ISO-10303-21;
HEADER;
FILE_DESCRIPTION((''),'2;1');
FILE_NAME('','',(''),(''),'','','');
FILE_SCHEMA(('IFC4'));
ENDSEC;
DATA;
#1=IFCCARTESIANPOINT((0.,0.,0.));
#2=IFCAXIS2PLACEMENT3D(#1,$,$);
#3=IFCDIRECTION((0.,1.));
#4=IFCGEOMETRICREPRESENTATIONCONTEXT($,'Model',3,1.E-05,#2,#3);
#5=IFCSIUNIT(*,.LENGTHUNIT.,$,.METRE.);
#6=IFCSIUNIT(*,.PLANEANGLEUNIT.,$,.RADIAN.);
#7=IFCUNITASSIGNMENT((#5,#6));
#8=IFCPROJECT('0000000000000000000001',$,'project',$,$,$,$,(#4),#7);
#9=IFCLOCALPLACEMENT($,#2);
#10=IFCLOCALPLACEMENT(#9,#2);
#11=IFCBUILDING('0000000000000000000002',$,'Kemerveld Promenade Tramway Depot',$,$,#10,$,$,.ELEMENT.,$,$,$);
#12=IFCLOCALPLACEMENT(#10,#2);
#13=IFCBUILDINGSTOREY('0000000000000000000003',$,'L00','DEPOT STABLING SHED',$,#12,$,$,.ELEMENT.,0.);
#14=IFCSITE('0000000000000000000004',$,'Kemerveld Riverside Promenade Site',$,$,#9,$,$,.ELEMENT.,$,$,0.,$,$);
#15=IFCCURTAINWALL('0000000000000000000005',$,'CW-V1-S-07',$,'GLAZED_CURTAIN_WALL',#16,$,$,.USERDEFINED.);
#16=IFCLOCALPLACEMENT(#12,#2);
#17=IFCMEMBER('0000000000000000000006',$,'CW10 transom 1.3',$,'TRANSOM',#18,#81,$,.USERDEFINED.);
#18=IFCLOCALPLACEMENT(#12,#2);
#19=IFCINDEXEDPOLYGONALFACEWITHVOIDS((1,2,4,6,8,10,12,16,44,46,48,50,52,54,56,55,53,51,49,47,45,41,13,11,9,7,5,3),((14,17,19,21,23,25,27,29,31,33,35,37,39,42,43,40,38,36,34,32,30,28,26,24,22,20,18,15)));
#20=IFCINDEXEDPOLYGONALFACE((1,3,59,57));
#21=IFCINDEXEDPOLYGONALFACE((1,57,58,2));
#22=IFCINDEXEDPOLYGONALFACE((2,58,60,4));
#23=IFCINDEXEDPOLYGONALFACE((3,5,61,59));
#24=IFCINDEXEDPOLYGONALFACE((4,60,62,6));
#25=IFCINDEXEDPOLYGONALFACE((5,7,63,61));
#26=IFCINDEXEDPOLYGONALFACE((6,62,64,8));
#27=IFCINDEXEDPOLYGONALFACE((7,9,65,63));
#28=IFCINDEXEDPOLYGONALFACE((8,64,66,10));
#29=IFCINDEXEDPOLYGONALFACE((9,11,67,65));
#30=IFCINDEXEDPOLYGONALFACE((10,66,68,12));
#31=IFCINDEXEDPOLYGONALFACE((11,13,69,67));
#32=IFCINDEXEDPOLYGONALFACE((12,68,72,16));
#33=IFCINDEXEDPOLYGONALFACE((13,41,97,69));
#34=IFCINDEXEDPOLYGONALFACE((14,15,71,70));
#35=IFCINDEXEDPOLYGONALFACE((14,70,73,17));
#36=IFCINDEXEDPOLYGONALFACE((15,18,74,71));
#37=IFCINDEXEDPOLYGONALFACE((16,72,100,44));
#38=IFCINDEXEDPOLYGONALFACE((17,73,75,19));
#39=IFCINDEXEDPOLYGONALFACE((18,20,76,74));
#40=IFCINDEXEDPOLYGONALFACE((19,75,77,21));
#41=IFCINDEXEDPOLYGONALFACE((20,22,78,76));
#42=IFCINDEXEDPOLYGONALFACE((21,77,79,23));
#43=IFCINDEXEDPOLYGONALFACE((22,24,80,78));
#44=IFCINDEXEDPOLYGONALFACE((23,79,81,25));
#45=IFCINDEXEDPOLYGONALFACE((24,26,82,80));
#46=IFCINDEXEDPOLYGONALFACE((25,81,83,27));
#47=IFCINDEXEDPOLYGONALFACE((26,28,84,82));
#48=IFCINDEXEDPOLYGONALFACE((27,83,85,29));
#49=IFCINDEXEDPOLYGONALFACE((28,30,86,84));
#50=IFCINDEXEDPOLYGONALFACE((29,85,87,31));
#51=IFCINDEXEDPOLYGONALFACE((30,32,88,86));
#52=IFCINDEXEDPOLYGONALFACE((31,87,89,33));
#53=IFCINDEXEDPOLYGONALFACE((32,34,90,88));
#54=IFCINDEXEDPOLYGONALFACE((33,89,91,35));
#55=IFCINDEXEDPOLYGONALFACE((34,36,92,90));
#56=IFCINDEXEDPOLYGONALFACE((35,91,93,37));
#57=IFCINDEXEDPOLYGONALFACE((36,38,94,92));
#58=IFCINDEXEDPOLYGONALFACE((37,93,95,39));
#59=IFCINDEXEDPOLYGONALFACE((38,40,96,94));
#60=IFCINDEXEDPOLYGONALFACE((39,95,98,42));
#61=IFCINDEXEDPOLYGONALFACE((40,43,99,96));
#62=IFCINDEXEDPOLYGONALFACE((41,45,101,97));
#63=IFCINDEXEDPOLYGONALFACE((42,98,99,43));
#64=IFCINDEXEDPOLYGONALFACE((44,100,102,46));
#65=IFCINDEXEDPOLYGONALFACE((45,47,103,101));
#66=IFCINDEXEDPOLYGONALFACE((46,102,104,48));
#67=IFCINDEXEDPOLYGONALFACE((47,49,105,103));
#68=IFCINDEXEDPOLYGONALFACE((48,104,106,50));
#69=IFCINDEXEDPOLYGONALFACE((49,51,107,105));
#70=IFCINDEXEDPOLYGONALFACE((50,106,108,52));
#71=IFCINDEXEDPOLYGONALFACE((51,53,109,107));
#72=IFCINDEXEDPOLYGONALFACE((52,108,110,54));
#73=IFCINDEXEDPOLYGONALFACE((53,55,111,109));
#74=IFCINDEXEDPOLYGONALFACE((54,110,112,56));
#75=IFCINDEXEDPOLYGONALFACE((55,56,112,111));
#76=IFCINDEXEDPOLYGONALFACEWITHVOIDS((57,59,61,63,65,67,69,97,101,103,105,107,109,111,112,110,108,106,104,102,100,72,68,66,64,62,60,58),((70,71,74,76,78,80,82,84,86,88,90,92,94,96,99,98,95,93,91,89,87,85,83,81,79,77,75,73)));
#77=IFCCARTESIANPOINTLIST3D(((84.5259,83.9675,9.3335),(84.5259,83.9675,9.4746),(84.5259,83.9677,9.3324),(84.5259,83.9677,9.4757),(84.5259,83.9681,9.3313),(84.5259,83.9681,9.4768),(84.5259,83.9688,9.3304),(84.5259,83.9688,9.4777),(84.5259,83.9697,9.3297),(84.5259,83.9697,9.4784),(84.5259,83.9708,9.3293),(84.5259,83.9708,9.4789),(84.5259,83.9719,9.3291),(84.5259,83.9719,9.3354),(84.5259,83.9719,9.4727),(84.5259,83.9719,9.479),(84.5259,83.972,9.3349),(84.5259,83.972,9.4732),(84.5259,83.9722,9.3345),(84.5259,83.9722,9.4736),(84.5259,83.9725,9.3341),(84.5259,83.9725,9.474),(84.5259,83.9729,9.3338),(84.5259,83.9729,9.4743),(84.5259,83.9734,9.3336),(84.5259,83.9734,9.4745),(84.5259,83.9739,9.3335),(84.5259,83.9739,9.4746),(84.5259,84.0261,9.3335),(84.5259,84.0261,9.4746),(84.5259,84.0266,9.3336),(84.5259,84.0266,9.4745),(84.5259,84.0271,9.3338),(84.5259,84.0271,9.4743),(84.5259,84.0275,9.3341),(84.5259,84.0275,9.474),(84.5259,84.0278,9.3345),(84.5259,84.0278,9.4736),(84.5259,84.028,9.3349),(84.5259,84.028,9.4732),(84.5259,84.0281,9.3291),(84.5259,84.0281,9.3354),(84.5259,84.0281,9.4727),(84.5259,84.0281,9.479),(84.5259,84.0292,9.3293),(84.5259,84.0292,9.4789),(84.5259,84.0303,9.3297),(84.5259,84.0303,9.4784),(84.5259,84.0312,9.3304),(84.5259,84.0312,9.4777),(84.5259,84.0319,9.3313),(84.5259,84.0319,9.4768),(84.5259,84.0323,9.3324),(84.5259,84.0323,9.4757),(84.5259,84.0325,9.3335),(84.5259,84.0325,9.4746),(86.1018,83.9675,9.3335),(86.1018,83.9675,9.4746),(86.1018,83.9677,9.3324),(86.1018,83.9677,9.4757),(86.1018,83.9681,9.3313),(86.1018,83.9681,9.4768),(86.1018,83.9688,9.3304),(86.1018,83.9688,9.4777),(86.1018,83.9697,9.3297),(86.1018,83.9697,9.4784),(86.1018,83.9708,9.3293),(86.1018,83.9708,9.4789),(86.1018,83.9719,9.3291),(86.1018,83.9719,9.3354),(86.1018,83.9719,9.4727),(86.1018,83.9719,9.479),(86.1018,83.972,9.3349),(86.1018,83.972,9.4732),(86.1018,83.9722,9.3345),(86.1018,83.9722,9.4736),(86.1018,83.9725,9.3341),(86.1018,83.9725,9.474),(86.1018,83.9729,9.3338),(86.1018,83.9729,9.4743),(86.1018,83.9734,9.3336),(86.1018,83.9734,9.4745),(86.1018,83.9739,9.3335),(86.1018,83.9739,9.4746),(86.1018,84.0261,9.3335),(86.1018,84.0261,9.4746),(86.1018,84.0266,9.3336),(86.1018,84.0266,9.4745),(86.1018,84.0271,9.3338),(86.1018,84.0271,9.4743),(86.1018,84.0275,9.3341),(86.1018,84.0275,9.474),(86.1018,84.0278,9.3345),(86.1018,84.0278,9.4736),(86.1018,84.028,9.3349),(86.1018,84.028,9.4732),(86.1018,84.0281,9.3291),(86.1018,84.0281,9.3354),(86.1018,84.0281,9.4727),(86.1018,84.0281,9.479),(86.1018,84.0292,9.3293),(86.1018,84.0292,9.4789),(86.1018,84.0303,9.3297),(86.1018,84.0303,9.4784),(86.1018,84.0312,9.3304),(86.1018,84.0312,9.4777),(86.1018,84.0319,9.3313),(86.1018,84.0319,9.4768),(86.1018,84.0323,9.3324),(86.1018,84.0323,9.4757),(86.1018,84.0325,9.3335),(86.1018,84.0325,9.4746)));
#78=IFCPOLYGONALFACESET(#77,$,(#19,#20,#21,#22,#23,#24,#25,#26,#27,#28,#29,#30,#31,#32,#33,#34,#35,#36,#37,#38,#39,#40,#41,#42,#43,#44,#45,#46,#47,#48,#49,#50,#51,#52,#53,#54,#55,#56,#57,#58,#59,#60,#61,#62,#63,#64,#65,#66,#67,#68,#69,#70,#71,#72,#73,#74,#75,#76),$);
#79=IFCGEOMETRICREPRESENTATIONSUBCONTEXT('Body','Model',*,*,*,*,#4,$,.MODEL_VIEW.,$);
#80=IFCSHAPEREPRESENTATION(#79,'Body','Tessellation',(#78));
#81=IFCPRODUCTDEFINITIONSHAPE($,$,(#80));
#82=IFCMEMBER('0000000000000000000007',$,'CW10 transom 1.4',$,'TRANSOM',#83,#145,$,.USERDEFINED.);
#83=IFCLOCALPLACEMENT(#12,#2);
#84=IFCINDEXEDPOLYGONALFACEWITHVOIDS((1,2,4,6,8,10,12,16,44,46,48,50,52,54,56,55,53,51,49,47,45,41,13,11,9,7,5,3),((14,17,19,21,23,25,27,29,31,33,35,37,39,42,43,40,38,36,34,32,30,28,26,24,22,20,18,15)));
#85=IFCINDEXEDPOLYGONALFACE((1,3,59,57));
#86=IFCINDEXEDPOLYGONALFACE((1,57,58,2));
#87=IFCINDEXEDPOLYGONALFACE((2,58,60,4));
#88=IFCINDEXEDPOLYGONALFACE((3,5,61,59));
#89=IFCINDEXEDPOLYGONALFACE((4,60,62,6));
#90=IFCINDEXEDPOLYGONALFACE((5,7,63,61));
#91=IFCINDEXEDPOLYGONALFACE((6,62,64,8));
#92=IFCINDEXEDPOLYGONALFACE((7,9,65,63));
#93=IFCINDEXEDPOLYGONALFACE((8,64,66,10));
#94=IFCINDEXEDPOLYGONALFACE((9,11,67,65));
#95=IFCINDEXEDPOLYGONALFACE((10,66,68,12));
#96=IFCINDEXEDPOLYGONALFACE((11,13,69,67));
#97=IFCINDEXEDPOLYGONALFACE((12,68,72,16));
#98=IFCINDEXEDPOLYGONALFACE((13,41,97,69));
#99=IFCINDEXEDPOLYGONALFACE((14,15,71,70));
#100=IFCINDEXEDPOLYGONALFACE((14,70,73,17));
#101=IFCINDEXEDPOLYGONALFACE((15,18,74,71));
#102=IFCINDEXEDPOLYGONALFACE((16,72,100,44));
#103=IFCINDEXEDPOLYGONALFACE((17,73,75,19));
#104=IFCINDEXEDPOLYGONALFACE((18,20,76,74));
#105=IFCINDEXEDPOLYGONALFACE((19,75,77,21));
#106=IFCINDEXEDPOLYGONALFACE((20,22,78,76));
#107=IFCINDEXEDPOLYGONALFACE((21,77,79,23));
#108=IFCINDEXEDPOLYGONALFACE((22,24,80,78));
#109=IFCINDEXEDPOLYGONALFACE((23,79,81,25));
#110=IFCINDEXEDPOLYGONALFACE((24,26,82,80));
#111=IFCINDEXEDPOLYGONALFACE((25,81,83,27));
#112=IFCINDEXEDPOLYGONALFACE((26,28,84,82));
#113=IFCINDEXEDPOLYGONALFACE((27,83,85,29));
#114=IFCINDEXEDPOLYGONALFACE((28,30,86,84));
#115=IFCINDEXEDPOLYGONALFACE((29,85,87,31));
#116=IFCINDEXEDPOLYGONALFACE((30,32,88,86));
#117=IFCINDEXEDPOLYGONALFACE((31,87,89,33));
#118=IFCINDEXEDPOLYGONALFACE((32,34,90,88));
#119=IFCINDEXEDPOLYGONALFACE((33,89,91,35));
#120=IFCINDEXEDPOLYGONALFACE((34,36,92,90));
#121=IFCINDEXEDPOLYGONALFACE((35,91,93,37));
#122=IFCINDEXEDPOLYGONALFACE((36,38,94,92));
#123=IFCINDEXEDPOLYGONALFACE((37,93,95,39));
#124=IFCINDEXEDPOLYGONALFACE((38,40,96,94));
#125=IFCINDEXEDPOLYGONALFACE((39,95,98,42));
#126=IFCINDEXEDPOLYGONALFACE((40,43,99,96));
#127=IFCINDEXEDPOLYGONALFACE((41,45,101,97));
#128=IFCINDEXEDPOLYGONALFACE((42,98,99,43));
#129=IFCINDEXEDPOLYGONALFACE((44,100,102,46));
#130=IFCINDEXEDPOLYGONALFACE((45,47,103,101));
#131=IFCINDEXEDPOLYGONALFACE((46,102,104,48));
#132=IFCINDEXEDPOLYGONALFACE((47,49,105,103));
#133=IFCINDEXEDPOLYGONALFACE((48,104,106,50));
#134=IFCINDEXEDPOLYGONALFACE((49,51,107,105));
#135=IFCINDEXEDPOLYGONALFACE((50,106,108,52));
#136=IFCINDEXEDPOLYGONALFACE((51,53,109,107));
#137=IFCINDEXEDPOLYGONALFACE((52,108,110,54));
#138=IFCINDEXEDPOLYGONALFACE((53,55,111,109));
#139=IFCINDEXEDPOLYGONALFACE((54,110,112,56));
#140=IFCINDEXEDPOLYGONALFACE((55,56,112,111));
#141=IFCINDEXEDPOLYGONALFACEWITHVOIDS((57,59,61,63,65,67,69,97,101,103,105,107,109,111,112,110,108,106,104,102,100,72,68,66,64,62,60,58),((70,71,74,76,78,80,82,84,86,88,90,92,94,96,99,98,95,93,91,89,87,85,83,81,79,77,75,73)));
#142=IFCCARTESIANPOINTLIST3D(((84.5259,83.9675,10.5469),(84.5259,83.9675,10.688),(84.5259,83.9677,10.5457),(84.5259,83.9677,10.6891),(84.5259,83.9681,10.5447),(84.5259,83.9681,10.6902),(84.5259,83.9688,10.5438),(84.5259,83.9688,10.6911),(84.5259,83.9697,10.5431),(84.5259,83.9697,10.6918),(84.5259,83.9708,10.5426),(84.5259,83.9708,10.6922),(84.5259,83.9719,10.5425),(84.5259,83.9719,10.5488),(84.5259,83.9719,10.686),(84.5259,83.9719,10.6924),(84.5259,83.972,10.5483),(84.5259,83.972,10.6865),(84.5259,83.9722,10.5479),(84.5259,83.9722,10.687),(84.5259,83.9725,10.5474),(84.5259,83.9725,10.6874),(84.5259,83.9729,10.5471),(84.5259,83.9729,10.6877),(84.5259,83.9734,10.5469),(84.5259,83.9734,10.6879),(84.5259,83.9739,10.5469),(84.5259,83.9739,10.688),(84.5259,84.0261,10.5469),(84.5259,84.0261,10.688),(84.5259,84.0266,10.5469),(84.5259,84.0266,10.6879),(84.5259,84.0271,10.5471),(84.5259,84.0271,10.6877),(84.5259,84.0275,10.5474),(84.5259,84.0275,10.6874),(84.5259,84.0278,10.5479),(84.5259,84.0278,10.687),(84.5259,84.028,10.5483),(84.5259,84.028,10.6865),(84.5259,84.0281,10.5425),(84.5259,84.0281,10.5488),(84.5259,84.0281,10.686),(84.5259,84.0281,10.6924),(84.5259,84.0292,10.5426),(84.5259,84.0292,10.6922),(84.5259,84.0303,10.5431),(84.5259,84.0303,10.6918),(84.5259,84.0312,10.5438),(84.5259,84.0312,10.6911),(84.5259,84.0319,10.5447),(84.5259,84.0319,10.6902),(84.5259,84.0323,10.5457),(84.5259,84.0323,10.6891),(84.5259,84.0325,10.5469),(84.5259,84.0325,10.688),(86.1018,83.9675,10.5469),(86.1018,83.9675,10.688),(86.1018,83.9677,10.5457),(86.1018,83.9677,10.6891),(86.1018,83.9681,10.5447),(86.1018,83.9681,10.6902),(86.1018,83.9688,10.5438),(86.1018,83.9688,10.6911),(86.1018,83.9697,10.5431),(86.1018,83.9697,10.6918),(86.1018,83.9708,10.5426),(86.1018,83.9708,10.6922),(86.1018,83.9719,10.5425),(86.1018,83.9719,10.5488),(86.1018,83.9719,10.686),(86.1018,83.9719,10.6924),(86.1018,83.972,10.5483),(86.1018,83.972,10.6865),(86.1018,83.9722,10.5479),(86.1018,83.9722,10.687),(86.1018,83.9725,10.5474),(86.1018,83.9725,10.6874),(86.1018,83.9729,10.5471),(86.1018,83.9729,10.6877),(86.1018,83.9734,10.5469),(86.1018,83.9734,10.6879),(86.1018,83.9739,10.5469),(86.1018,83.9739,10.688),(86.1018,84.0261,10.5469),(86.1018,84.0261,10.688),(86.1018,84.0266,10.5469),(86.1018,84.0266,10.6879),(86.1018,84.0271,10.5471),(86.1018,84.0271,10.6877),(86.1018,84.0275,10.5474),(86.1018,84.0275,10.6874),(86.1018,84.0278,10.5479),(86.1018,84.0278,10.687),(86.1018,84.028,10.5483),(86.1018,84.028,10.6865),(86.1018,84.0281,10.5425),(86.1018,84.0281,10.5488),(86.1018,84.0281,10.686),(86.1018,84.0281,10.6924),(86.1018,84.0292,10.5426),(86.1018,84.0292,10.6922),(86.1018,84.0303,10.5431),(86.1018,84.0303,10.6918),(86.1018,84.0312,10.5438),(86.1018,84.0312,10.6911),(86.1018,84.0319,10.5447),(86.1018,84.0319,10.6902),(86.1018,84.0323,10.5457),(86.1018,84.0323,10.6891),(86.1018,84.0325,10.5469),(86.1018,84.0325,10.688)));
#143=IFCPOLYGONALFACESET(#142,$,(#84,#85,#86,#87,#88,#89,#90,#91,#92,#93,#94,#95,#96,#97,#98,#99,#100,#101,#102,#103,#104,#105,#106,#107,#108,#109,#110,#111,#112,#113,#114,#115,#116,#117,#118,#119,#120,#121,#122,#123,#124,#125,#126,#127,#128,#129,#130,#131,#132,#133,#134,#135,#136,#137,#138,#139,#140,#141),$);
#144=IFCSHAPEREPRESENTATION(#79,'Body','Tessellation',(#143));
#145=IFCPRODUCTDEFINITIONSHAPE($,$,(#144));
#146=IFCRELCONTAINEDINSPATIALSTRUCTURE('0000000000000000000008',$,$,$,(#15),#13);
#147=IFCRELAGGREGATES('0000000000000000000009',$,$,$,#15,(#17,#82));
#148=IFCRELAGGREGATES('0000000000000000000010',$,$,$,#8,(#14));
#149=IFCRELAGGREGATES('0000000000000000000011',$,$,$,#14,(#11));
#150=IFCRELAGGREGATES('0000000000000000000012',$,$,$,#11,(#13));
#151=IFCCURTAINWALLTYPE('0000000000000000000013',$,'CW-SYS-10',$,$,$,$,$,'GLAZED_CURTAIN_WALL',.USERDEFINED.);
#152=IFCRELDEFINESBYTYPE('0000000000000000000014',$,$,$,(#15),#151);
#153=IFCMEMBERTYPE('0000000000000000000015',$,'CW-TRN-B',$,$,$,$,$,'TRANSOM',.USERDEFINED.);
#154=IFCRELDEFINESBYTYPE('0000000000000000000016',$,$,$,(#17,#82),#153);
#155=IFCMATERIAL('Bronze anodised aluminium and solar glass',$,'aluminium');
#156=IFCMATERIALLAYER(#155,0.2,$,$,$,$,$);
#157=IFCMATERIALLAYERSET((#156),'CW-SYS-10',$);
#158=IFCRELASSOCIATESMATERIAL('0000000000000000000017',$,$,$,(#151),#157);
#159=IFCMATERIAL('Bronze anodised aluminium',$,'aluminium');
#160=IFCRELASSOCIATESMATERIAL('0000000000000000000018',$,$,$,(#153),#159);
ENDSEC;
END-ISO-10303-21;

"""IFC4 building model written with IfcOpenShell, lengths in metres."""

from ifc_helpers import new_model, si_unit, direction, frame, origin, origin_2d, place, context, subcontext, project, spatial, hollow_rectangle, extrude, material, layer, layer_set, material_profile, profile_set, type_object, element, aggregate, save


model = new_model("IFC4")

# Units and contexts
model_context = context("Model", 3, precision=1e-05, world=origin(), true_north=direction((0.0, 1.0)))
body_context = subcontext(model_context, "Body", "Model", "MODEL_VIEW")
ifc_project = project(units=[si_unit("LENGTHUNIT", "METRE"), si_unit("PLANEANGLEUNIT", "RADIAN")], contexts=[model_context])

# Site, building, storey
site_placement = place(None, origin())
site = spatial("IfcSite", under=ifc_project, at=site_placement, Name="Kemerveld Riverside Promenade Site", CompositionType="ELEMENT", RefElevation=0.0)
building_placement = place(site_placement, origin())
building = spatial("IfcBuilding", under=site, at=building_placement, Name="Kemerveld Promenade Tramway Depot", CompositionType="ELEMENT")
storey_placement = place(building_placement, origin())
storey = spatial("IfcBuildingStorey", under=building, at=storey_placement, Name="L00", Description="DEPOT STABLING SHED", CompositionType="ELEMENT", Elevation=0.0)

# Curtain wall, members
ifc_material_1 = material(Name="Bronze anodised aluminium and solar glass", Category="aluminium")
ifc_material_2 = material(Name="Bronze anodised aluminium", Category="aluminium")
ifc_layer_1 = layer(ifc_material_1, 0.2)
ifc_layer_set_1 = layer_set([ifc_layer_1], Name="CW-SYS-10")
curtain_wall_type_1 = type_object("IfcCurtainWallType", Name="CW-SYS-10", ElementType="GLAZED_CURTAIN_WALL", PredefinedType="USERDEFINED", material=ifc_layer_set_1)
curtain_wall_1_placement = place(storey_placement, origin())
curtain_wall_1 = element("IfcCurtainWall", 1, at=curtain_wall_1_placement, inside=storey, type_object=curtain_wall_type_1, Name="CW-V1-S-07", ObjectType="GLAZED_CURTAIN_WALL", PredefinedType="USERDEFINED")
ifc_material_profile_1 = material_profile(ifc_material_2, hollow_rectangle(XDim=0.0649, YDim=0.1499, WallThickness=0.0044, InnerFilletRadius=0.002, OuterFilletRadius=0.0044, at=origin_2d()), Name="CW-TRN-150x65")
ifc_profile_set_1 = profile_set([ifc_material_profile_1], Name="Bronze anodised aluminium")
member_type_1 = type_object("IfcMemberType", Name="CW-TRN-B", ElementType="TRANSOM", PredefinedType="USERDEFINED", material=ifc_profile_set_1)
member_1_placement = place(storey_placement, frame((86.1018, 84.0, 9.4041), z_axis=(-1.0, 0.0, 0.0), x_axis=(0.0, -1.0, 0.0)))
member_1 = element("IfcMember", 2, at=member_1_placement, type_object=member_type_1, Name="CW10 transom 1.3", ObjectType="TRANSOM", PredefinedType="USERDEFINED", context=body_context, shape_type="SweptSolid", body=[
    extrude(hollow_rectangle(XDim=0.0649, YDim=0.1499, WallThickness=0.0044, InnerFilletRadius=0.002, OuterFilletRadius=0.0044, at=origin_2d()), origin(), (0.0, 0.0, 1.0), 1.5759),
])
member_2_placement = place(storey_placement, frame((86.1018, 84.0, 10.6174), z_axis=(-1.0, 0.0, 0.0), x_axis=(0.0, -1.0, 0.0)))
member_2 = element("IfcMember", 3, at=member_2_placement, type_object=member_type_1, Name="CW10 transom 1.4", ObjectType="TRANSOM", PredefinedType="USERDEFINED", context=body_context, shape_type="SweptSolid", body=[
    extrude(hollow_rectangle(XDim=0.0649, YDim=0.1499, WallThickness=0.0044, InnerFilletRadius=0.002, OuterFilletRadius=0.0044, at=origin_2d()), origin(), (0.0, 0.0, 1.0), 1.5759),
])

aggregate(curtain_wall_1, [member_1, member_2])

save(model, "model.ifc")
